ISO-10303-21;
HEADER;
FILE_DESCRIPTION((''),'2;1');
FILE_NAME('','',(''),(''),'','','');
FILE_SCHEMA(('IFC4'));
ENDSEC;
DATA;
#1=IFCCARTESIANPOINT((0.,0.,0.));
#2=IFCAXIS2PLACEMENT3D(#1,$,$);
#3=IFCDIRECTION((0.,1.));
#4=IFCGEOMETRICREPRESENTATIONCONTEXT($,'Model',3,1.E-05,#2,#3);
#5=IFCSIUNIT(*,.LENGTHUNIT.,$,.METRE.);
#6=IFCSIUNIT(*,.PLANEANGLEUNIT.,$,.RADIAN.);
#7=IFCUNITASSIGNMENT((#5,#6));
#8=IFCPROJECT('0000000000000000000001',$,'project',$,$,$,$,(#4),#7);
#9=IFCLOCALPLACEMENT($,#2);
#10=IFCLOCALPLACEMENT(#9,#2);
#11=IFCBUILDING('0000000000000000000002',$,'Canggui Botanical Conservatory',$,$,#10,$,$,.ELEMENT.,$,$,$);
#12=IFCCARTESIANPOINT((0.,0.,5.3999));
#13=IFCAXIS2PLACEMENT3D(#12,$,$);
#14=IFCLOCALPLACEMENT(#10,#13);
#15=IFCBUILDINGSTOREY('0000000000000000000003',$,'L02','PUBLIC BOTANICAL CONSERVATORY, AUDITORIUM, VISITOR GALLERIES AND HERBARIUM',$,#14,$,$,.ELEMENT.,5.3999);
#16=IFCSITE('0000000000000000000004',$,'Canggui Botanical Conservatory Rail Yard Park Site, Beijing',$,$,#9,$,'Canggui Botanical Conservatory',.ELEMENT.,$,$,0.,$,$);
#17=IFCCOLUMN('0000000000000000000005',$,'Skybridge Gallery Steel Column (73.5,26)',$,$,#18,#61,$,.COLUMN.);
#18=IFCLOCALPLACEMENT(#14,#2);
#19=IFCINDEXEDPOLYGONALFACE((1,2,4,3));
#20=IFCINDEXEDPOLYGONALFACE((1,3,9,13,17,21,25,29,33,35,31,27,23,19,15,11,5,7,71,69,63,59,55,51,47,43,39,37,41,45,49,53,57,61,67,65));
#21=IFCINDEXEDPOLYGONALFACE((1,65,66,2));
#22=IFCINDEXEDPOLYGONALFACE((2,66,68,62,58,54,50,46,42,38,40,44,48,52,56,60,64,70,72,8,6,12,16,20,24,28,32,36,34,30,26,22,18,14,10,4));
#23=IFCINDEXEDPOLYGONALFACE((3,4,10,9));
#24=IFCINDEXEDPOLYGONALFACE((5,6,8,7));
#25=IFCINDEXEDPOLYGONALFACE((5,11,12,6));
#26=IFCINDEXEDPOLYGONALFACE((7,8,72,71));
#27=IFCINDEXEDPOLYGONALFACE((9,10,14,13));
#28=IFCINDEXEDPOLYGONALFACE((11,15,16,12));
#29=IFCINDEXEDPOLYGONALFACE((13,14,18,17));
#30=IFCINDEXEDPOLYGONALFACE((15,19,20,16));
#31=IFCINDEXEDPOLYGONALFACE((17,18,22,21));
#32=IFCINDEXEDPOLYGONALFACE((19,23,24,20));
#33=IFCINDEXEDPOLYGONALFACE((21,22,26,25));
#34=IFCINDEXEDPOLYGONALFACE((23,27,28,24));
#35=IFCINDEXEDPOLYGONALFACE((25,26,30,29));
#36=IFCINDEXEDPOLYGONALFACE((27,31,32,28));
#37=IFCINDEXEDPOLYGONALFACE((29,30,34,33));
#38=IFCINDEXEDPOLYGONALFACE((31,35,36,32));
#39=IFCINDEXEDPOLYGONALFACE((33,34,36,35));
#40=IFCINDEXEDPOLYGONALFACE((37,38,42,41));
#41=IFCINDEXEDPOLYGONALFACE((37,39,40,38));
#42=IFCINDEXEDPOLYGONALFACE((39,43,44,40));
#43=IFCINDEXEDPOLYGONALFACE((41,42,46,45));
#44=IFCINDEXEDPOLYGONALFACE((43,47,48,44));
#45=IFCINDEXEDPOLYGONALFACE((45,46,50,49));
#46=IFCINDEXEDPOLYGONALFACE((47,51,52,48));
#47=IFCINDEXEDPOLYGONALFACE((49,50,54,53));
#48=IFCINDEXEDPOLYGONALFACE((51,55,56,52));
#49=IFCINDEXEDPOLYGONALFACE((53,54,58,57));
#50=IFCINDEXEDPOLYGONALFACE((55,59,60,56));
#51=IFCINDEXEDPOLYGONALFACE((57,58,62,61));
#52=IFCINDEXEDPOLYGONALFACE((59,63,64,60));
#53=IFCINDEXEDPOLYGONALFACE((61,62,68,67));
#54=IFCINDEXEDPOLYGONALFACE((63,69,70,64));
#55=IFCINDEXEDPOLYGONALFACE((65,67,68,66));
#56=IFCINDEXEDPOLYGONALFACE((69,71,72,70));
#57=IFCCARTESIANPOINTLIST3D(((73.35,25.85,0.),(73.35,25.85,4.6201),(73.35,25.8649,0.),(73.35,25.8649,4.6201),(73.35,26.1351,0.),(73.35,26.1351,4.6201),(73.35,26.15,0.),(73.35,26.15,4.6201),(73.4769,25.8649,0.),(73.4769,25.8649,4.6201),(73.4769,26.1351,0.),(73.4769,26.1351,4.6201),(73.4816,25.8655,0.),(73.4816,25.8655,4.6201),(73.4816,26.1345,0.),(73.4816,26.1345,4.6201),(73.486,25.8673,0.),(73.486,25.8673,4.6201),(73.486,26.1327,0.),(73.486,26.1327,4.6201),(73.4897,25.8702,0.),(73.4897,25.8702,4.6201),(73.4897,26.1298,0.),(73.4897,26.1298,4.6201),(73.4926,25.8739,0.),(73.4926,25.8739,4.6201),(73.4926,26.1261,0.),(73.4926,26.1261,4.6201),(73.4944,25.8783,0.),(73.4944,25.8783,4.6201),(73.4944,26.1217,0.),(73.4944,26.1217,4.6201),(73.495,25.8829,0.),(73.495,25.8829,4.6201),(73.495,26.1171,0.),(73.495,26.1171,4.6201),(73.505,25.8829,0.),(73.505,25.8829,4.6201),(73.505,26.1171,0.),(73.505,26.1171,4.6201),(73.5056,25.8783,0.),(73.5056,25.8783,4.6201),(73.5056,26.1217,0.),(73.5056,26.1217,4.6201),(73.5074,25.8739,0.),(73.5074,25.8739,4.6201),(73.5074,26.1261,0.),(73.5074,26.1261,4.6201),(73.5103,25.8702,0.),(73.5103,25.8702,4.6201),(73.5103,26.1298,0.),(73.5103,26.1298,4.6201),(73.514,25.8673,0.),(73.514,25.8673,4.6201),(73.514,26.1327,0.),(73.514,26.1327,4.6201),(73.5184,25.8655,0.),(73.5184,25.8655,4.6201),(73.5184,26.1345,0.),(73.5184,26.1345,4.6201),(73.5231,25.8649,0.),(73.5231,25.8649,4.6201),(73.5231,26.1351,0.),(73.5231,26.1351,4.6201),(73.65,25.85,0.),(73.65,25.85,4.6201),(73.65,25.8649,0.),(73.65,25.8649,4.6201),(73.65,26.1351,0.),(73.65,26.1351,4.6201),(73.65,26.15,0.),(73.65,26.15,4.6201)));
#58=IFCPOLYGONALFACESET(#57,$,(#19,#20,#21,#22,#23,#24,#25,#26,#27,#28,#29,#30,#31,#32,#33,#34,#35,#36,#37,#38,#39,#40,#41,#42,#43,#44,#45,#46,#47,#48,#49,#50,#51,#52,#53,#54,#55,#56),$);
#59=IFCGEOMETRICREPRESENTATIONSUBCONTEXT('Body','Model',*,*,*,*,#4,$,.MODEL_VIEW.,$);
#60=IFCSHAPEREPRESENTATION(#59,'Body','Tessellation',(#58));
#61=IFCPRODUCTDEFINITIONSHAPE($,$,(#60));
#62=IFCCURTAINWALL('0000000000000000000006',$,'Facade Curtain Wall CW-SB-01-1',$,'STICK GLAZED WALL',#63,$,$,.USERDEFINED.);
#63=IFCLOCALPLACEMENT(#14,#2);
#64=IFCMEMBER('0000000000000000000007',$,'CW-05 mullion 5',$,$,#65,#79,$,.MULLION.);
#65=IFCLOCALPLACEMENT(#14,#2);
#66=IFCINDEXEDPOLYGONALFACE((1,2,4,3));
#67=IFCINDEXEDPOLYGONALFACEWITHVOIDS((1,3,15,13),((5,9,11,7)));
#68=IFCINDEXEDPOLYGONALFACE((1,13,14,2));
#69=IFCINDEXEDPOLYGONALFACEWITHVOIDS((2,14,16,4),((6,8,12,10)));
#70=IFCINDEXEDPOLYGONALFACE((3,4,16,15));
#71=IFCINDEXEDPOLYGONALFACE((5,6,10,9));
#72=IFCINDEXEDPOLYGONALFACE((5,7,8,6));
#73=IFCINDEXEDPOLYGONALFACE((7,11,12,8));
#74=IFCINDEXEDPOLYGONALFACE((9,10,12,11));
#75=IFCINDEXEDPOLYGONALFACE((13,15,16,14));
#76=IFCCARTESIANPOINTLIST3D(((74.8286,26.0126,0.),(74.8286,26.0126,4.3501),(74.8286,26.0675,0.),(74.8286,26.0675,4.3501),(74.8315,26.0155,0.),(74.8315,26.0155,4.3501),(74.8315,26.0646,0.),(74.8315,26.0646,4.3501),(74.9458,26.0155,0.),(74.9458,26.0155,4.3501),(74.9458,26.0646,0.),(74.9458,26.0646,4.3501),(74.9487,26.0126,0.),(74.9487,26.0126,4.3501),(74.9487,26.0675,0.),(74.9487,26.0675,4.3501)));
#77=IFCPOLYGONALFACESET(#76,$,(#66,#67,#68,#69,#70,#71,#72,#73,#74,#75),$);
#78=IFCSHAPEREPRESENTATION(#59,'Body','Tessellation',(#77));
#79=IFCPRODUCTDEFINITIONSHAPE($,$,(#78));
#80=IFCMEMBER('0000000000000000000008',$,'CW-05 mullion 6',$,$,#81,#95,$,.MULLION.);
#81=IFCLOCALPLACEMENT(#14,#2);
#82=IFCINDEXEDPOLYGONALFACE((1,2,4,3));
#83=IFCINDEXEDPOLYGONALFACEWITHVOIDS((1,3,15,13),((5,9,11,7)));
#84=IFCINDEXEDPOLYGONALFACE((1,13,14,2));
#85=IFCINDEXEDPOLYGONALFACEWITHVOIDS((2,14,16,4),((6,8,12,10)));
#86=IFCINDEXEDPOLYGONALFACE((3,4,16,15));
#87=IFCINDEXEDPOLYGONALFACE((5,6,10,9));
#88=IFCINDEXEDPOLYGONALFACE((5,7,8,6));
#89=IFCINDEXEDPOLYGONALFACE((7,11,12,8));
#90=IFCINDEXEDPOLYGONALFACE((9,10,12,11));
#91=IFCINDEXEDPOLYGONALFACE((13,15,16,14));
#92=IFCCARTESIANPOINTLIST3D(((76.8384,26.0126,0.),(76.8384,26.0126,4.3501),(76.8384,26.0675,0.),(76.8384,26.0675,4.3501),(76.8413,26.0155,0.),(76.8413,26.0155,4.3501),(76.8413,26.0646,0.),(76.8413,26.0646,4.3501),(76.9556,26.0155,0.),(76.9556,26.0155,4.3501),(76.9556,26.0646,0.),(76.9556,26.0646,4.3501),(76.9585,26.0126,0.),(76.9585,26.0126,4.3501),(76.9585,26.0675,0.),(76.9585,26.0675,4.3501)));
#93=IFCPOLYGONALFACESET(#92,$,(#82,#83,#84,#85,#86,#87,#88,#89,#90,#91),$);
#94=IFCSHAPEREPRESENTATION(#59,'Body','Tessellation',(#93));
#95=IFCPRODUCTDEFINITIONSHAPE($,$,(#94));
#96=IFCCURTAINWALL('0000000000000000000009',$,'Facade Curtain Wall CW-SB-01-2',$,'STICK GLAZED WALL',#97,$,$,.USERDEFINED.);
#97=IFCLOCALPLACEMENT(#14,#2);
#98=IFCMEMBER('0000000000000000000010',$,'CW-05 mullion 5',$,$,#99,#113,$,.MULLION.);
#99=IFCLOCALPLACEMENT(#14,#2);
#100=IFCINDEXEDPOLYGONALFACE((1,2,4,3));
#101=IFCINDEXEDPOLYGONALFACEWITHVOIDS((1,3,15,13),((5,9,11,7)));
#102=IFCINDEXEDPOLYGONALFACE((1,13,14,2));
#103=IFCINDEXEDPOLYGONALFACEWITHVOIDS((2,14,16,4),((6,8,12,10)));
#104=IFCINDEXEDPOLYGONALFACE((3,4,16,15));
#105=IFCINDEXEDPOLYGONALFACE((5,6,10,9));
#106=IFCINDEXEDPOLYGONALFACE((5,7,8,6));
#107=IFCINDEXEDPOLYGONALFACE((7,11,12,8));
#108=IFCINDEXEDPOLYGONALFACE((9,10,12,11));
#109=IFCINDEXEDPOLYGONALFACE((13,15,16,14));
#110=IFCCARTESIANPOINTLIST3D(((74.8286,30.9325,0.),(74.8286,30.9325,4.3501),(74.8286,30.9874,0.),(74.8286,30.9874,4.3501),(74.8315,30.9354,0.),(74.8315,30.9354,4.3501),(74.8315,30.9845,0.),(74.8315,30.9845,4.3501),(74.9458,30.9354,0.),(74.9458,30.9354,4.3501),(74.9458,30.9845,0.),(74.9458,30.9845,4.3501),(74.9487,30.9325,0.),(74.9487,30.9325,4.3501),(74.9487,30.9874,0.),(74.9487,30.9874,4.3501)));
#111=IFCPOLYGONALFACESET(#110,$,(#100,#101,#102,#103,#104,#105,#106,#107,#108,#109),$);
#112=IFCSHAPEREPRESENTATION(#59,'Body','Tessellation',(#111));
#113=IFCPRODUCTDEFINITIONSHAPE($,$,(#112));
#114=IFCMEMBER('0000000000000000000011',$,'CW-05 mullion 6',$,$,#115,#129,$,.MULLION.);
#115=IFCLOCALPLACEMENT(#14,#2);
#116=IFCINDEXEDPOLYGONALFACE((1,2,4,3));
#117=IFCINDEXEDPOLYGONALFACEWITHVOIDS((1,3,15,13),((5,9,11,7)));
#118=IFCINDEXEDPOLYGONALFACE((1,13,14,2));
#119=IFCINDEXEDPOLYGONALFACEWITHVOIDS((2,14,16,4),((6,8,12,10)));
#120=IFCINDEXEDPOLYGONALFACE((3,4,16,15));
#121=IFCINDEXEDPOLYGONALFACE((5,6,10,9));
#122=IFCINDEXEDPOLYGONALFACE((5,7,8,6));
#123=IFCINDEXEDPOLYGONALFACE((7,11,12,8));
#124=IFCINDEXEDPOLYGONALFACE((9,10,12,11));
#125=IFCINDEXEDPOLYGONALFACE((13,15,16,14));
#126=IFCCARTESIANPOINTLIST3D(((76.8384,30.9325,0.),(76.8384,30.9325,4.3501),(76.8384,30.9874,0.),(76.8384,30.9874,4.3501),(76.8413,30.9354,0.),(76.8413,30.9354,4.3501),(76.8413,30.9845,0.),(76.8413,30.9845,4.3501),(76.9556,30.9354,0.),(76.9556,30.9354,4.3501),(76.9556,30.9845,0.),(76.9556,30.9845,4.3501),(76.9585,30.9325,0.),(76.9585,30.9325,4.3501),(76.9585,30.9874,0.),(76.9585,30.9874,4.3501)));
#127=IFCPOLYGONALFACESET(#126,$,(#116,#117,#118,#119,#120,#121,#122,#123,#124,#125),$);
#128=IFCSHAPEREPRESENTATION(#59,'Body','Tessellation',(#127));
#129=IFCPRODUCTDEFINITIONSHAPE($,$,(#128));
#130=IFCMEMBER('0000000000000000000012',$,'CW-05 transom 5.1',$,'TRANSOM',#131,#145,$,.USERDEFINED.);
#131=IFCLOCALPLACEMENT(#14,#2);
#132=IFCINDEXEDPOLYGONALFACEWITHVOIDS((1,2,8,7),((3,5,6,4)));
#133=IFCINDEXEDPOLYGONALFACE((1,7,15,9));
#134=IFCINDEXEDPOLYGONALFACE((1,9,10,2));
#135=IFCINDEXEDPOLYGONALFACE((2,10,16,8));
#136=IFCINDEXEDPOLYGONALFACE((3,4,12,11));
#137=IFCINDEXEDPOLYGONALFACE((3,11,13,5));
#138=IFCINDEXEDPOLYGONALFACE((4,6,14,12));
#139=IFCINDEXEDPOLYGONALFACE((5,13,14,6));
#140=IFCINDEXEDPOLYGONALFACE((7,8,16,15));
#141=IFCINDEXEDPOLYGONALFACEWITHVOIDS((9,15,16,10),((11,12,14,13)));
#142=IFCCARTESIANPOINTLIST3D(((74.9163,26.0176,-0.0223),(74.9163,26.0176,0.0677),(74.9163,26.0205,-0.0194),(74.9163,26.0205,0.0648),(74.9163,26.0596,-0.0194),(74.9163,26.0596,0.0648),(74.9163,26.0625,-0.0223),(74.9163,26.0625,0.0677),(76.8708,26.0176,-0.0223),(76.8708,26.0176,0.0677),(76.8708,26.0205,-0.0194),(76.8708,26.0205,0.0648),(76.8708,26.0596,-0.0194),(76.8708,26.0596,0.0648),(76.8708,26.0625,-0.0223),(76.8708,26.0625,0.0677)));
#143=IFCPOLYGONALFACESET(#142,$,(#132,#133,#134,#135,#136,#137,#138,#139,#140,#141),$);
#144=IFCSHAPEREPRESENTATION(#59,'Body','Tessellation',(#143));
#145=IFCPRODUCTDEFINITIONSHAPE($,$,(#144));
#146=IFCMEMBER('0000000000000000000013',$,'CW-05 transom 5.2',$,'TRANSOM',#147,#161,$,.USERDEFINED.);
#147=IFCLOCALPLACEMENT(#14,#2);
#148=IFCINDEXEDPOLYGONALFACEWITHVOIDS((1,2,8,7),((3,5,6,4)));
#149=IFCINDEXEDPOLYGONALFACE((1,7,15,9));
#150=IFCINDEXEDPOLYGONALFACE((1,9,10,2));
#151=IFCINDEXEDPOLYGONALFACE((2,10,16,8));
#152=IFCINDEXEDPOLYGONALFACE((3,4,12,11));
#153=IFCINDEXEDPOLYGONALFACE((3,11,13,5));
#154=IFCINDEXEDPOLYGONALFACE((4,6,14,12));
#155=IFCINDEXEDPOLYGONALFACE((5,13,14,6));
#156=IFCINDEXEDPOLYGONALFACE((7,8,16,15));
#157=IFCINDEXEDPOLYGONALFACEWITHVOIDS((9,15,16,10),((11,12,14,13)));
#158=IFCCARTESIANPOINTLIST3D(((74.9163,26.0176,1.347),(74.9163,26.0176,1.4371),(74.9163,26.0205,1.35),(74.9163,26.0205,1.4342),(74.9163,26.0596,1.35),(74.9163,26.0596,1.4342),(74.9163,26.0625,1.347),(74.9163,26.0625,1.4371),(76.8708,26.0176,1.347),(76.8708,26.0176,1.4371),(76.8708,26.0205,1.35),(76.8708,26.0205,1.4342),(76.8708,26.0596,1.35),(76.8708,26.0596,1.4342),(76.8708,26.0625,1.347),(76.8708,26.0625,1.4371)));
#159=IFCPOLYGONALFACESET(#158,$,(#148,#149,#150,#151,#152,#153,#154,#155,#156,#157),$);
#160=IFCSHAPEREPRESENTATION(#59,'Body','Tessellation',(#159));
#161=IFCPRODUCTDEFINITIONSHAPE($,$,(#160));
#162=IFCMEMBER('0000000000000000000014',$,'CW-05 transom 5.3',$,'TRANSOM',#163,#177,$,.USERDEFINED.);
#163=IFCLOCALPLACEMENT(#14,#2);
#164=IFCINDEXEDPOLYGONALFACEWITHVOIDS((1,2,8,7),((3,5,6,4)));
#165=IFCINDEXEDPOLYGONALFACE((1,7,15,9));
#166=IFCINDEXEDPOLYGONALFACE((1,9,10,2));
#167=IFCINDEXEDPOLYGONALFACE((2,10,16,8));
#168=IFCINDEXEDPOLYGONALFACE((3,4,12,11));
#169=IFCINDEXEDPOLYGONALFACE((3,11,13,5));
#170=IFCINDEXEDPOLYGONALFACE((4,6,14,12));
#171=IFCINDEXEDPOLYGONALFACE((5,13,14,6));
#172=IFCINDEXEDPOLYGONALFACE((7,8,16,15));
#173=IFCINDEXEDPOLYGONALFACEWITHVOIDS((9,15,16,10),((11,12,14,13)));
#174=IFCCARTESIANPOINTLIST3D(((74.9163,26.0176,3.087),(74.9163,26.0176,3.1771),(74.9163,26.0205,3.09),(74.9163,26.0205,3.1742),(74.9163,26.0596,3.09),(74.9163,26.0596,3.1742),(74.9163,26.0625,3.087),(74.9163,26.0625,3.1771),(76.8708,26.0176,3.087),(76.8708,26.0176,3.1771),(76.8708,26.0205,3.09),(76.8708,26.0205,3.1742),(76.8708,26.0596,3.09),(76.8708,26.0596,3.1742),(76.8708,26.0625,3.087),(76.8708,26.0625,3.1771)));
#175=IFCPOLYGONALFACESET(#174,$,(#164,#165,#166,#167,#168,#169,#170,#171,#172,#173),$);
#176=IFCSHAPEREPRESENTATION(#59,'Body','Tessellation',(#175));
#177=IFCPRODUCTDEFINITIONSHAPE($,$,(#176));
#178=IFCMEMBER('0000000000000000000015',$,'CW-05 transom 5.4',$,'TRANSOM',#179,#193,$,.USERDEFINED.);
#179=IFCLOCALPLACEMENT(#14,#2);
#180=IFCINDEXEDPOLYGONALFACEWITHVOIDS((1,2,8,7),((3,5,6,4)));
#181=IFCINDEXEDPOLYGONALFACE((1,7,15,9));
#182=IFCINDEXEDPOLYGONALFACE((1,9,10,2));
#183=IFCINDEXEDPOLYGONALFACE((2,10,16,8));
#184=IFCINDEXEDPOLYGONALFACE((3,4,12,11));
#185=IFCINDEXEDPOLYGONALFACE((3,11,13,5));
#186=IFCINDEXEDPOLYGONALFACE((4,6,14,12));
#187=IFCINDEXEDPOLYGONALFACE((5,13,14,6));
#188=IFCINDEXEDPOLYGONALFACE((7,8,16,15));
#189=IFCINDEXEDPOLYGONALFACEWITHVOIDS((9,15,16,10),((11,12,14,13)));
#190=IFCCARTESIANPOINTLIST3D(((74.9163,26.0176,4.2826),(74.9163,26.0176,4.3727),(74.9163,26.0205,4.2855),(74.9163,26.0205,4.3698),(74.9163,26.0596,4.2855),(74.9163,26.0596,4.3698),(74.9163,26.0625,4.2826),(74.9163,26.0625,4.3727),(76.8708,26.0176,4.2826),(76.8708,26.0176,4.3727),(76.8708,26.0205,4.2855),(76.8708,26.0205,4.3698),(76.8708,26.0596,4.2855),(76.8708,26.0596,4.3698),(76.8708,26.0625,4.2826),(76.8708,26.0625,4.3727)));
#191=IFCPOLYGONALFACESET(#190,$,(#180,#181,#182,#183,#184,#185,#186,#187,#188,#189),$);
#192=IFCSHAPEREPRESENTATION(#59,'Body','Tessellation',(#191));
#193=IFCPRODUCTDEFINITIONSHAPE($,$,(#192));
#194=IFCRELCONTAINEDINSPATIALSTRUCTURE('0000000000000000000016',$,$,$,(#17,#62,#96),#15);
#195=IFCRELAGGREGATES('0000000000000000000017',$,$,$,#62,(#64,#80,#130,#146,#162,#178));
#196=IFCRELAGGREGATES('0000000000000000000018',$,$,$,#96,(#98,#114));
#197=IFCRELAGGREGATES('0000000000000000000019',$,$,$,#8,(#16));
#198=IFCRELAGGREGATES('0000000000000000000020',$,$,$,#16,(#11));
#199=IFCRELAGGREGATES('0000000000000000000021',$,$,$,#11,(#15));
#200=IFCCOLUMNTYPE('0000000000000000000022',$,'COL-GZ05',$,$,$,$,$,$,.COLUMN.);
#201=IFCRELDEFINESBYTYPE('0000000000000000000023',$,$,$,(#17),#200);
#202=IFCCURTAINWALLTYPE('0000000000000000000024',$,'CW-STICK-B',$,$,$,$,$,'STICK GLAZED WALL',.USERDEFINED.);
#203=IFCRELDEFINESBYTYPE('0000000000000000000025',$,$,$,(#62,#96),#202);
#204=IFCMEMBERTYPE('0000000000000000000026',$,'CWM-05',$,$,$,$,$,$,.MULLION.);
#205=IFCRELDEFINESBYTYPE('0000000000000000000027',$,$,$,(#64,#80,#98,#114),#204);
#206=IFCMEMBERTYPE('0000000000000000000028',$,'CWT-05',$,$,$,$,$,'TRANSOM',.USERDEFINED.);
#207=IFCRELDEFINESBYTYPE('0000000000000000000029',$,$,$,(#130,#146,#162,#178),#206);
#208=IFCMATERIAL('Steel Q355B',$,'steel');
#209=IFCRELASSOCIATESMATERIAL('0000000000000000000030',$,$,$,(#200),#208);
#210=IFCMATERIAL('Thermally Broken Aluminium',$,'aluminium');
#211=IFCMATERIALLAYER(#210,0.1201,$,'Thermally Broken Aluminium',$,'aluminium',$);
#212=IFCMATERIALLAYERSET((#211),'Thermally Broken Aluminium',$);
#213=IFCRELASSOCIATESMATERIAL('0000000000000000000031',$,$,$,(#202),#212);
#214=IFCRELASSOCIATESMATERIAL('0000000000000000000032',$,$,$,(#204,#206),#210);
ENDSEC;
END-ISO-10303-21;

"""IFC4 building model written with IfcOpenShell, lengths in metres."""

from ifc_helpers import new_model, si_unit, direction, frame, origin, origin_2d, place, context, subcontext, project, spatial, hollow_rectangle, i_section, extrude, material, layer, layer_set, material_profile, profile_set, type_object, element, aggregate, save


model = new_model("IFC4")

# Units and contexts
model_context = context("Model", 3, precision=1e-05, world=origin(), true_north=direction((0.0, 1.0)))
body_context = subcontext(model_context, "Body", "Model", "MODEL_VIEW")
ifc_project = project(units=[si_unit("LENGTHUNIT", "METRE"), si_unit("PLANEANGLEUNIT", "RADIAN")], contexts=[model_context])

# Site, building, storey
site_placement = place(None, origin())
site = spatial("IfcSite", under=ifc_project, at=site_placement, Name="Canggui Botanical Conservatory Rail Yard Park Site, Beijing", LongName="Canggui Botanical Conservatory", CompositionType="ELEMENT", RefElevation=0.0)
building_placement = place(site_placement, origin())
building = spatial("IfcBuilding", under=site, at=building_placement, Name="Canggui Botanical Conservatory", CompositionType="ELEMENT")
storey_placement = place(building_placement, frame((0.0, 0.0, 5.3999)))
storey = spatial("IfcBuildingStorey", under=building, at=storey_placement, Name="L02", Description="PUBLIC BOTANICAL CONSERVATORY, AUDITORIUM, VISITOR GALLERIES AND HERBARIUM", CompositionType="ELEMENT", Elevation=5.3999)

# Column
ifc_material_1 = material(Name="Steel Q355B", Category="steel")
ifc_material_profile_1 = material_profile(ifc_material_1, i_section(OverallWidth=0.3, OverallDepth=0.3, WebThickness=0.01, FlangeThickness=0.0149, FilletRadius=0.0181, at=origin_2d()), Name="HW 300x300x10x15")
ifc_profile_set_1 = profile_set([ifc_material_profile_1], Name="Steel Q355B")
column_type = type_object("IfcColumnType", Name="COL-GZ05", PredefinedType="COLUMN", material=ifc_profile_set_1)
column_placement = place(storey_placement, frame((73.5, 26.0, 0.0), z_axis=(0.0, 0.0, 1.0), x_axis=(1.0, 0.0, 0.0)))
element("IfcColumn", 1, at=column_placement, inside=storey, type_object=column_type, Name="Skybridge Gallery Steel Column (73.5,26)", PredefinedType="COLUMN", context=body_context, shape_type="SweptSolid", body=[
    extrude(i_section(OverallWidth=0.3, OverallDepth=0.3, WebThickness=0.01, FlangeThickness=0.0149, FilletRadius=0.0181, at=origin_2d()), origin(), (0.0, 0.0, 1.0), 4.6201),
])

# Curtain walls, members
ifc_material_2 = material(Name="Thermally Broken Aluminium", Category="aluminium")
ifc_layer_1 = layer(ifc_material_2, 0.1201, Name="Thermally Broken Aluminium", Category="aluminium")
ifc_layer_set_1 = layer_set([ifc_layer_1], Name="Thermally Broken Aluminium")
curtain_wall_type = type_object("IfcCurtainWallType", Name="CW-STICK-B", ElementType="STICK GLAZED WALL", PredefinedType="USERDEFINED", material=ifc_layer_set_1)
curtain_wall_1_placement = place(storey_placement, origin())
curtain_wall_1 = element("IfcCurtainWall", 2, at=curtain_wall_1_placement, inside=storey, type_object=curtain_wall_type, Name="Facade Curtain Wall CW-SB-01-1", ObjectType="STICK GLAZED WALL", PredefinedType="USERDEFINED")
ifc_material_profile_2 = material_profile(ifc_material_2, hollow_rectangle(XDim=0.0549, YDim=0.1201, WallThickness=0.0029, at=origin_2d()), Name="CWM 55x120x3")
ifc_profile_set_2 = profile_set([ifc_material_profile_2], Name="Thermally Broken Aluminium")
member_type_1 = type_object("IfcMemberType", Name="CWM-05", PredefinedType="MULLION", material=ifc_profile_set_2)
member_1_placement = place(storey_placement, frame((74.8887, 26.04, 0.0), z_axis=(0.0, 0.0, 1.0), x_axis=(0.0, 1.0, 0.0)))
member_1 = element("IfcMember", 3, at=member_1_placement, type_object=member_type_1, Name="CW-05 mullion 5", PredefinedType="MULLION", context=body_context, shape_type="SweptSolid", body=[
    extrude(hollow_rectangle(XDim=0.0549, YDim=0.1201, WallThickness=0.0029, at=origin_2d()), origin(), (0.0, 0.0, 1.0), 4.3501),
])
member_2_placement = place(storey_placement, frame((76.8984, 26.04, 0.0), z_axis=(0.0, 0.0, 1.0), x_axis=(0.0, 1.0, 0.0)))
member_2 = element("IfcMember", 4, at=member_2_placement, type_object=member_type_1, Name="CW-05 mullion 6", PredefinedType="MULLION", context=body_context, shape_type="SweptSolid", body=[
    extrude(hollow_rectangle(XDim=0.0549, YDim=0.1201, WallThickness=0.0029, at=origin_2d()), origin(), (0.0, 0.0, 1.0), 4.3501),
])
curtain_wall_2_placement = place(storey_placement, origin())
curtain_wall_2 = element("IfcCurtainWall", 5, at=curtain_wall_2_placement, inside=storey, type_object=curtain_wall_type, Name="Facade Curtain Wall CW-SB-01-2", ObjectType="STICK GLAZED WALL", PredefinedType="USERDEFINED")
member_3_placement = place(storey_placement, frame((74.8887, 30.96, 0.0), z_axis=(0.0, 0.0, 1.0), x_axis=(0.0, 1.0, 0.0)))
member_3 = element("IfcMember", 6, at=member_3_placement, type_object=member_type_1, Name="CW-05 mullion 5", PredefinedType="MULLION", context=body_context, shape_type="SweptSolid", body=[
    extrude(hollow_rectangle(XDim=0.0549, YDim=0.1201, WallThickness=0.0029, at=origin_2d()), origin(), (0.0, 0.0, 1.0), 4.3501),
])
member_4_placement = place(storey_placement, frame((76.8984, 30.96, 0.0), z_axis=(0.0, 0.0, 1.0), x_axis=(0.0, 1.0, 0.0)))
member_4 = element("IfcMember", 7, at=member_4_placement, type_object=member_type_1, Name="CW-05 mullion 6", PredefinedType="MULLION", context=body_context, shape_type="SweptSolid", body=[
    extrude(hollow_rectangle(XDim=0.0549, YDim=0.1201, WallThickness=0.0029, at=origin_2d()), origin(), (0.0, 0.0, 1.0), 4.3501),
])

# Members
ifc_material_profile_3 = material_profile(ifc_material_2, hollow_rectangle(XDim=0.0449, YDim=0.0901, WallThickness=0.0029, at=origin_2d()), Name="CWT 45x90x3")
ifc_profile_set_3 = profile_set([ifc_material_profile_3], Name="Thermally Broken Aluminium")
member_type_2 = type_object("IfcMemberType", Name="CWT-05", ElementType="TRANSOM", PredefinedType="USERDEFINED", material=ifc_profile_set_3)
member_5_placement = place(storey_placement, frame((74.9163, 26.04, 0.0227), z_axis=(1.0, 0.0, 0.0), x_axis=(0.0, 1.0, 0.0)))
member_5 = element("IfcMember", 8, at=member_5_placement, type_object=member_type_2, Name="CW-05 transom 5.1", ObjectType="TRANSOM", PredefinedType="USERDEFINED", context=body_context, shape_type="SweptSolid", body=[
    extrude(hollow_rectangle(XDim=0.0449, YDim=0.0901, WallThickness=0.0029, at=origin_2d()), origin(), (0.0, 0.0, 1.0), 1.9546),
])
member_6_placement = place(storey_placement, frame((74.9163, 26.04, 1.3921), z_axis=(1.0, 0.0, 0.0), x_axis=(0.0, 1.0, 0.0)))
member_6 = element("IfcMember", 9, at=member_6_placement, type_object=member_type_2, Name="CW-05 transom 5.2", ObjectType="TRANSOM", PredefinedType="USERDEFINED", context=body_context, shape_type="SweptSolid", body=[
    extrude(hollow_rectangle(XDim=0.0449, YDim=0.0901, WallThickness=0.0029, at=origin_2d()), origin(), (0.0, 0.0, 1.0), 1.9546),
])
member_7_placement = place(storey_placement, frame((74.9163, 26.04, 3.1321), z_axis=(1.0, 0.0, 0.0), x_axis=(0.0, 1.0, 0.0)))
member_7 = element("IfcMember", 10, at=member_7_placement, type_object=member_type_2, Name="CW-05 transom 5.3", ObjectType="TRANSOM", PredefinedType="USERDEFINED", context=body_context, shape_type="SweptSolid", body=[
    extrude(hollow_rectangle(XDim=0.0449, YDim=0.0901, WallThickness=0.0029, at=origin_2d()), origin(), (0.0, 0.0, 1.0), 1.9546),
])
member_8_placement = place(storey_placement, frame((74.9163, 26.04, 4.3276), z_axis=(1.0, 0.0, 0.0), x_axis=(0.0, 1.0, 0.0)))
member_8 = element("IfcMember", 11, at=member_8_placement, type_object=member_type_2, Name="CW-05 transom 5.4", ObjectType="TRANSOM", PredefinedType="USERDEFINED", context=body_context, shape_type="SweptSolid", body=[
    extrude(hollow_rectangle(XDim=0.0449, YDim=0.0901, WallThickness=0.0029, at=origin_2d()), origin(), (0.0, 0.0, 1.0), 1.9546),
])

aggregate(curtain_wall_1, [member_1, member_2, member_5, member_6, member_7, member_8])
aggregate(curtain_wall_2, [member_3, member_4])

save(model, "model.ifc")
